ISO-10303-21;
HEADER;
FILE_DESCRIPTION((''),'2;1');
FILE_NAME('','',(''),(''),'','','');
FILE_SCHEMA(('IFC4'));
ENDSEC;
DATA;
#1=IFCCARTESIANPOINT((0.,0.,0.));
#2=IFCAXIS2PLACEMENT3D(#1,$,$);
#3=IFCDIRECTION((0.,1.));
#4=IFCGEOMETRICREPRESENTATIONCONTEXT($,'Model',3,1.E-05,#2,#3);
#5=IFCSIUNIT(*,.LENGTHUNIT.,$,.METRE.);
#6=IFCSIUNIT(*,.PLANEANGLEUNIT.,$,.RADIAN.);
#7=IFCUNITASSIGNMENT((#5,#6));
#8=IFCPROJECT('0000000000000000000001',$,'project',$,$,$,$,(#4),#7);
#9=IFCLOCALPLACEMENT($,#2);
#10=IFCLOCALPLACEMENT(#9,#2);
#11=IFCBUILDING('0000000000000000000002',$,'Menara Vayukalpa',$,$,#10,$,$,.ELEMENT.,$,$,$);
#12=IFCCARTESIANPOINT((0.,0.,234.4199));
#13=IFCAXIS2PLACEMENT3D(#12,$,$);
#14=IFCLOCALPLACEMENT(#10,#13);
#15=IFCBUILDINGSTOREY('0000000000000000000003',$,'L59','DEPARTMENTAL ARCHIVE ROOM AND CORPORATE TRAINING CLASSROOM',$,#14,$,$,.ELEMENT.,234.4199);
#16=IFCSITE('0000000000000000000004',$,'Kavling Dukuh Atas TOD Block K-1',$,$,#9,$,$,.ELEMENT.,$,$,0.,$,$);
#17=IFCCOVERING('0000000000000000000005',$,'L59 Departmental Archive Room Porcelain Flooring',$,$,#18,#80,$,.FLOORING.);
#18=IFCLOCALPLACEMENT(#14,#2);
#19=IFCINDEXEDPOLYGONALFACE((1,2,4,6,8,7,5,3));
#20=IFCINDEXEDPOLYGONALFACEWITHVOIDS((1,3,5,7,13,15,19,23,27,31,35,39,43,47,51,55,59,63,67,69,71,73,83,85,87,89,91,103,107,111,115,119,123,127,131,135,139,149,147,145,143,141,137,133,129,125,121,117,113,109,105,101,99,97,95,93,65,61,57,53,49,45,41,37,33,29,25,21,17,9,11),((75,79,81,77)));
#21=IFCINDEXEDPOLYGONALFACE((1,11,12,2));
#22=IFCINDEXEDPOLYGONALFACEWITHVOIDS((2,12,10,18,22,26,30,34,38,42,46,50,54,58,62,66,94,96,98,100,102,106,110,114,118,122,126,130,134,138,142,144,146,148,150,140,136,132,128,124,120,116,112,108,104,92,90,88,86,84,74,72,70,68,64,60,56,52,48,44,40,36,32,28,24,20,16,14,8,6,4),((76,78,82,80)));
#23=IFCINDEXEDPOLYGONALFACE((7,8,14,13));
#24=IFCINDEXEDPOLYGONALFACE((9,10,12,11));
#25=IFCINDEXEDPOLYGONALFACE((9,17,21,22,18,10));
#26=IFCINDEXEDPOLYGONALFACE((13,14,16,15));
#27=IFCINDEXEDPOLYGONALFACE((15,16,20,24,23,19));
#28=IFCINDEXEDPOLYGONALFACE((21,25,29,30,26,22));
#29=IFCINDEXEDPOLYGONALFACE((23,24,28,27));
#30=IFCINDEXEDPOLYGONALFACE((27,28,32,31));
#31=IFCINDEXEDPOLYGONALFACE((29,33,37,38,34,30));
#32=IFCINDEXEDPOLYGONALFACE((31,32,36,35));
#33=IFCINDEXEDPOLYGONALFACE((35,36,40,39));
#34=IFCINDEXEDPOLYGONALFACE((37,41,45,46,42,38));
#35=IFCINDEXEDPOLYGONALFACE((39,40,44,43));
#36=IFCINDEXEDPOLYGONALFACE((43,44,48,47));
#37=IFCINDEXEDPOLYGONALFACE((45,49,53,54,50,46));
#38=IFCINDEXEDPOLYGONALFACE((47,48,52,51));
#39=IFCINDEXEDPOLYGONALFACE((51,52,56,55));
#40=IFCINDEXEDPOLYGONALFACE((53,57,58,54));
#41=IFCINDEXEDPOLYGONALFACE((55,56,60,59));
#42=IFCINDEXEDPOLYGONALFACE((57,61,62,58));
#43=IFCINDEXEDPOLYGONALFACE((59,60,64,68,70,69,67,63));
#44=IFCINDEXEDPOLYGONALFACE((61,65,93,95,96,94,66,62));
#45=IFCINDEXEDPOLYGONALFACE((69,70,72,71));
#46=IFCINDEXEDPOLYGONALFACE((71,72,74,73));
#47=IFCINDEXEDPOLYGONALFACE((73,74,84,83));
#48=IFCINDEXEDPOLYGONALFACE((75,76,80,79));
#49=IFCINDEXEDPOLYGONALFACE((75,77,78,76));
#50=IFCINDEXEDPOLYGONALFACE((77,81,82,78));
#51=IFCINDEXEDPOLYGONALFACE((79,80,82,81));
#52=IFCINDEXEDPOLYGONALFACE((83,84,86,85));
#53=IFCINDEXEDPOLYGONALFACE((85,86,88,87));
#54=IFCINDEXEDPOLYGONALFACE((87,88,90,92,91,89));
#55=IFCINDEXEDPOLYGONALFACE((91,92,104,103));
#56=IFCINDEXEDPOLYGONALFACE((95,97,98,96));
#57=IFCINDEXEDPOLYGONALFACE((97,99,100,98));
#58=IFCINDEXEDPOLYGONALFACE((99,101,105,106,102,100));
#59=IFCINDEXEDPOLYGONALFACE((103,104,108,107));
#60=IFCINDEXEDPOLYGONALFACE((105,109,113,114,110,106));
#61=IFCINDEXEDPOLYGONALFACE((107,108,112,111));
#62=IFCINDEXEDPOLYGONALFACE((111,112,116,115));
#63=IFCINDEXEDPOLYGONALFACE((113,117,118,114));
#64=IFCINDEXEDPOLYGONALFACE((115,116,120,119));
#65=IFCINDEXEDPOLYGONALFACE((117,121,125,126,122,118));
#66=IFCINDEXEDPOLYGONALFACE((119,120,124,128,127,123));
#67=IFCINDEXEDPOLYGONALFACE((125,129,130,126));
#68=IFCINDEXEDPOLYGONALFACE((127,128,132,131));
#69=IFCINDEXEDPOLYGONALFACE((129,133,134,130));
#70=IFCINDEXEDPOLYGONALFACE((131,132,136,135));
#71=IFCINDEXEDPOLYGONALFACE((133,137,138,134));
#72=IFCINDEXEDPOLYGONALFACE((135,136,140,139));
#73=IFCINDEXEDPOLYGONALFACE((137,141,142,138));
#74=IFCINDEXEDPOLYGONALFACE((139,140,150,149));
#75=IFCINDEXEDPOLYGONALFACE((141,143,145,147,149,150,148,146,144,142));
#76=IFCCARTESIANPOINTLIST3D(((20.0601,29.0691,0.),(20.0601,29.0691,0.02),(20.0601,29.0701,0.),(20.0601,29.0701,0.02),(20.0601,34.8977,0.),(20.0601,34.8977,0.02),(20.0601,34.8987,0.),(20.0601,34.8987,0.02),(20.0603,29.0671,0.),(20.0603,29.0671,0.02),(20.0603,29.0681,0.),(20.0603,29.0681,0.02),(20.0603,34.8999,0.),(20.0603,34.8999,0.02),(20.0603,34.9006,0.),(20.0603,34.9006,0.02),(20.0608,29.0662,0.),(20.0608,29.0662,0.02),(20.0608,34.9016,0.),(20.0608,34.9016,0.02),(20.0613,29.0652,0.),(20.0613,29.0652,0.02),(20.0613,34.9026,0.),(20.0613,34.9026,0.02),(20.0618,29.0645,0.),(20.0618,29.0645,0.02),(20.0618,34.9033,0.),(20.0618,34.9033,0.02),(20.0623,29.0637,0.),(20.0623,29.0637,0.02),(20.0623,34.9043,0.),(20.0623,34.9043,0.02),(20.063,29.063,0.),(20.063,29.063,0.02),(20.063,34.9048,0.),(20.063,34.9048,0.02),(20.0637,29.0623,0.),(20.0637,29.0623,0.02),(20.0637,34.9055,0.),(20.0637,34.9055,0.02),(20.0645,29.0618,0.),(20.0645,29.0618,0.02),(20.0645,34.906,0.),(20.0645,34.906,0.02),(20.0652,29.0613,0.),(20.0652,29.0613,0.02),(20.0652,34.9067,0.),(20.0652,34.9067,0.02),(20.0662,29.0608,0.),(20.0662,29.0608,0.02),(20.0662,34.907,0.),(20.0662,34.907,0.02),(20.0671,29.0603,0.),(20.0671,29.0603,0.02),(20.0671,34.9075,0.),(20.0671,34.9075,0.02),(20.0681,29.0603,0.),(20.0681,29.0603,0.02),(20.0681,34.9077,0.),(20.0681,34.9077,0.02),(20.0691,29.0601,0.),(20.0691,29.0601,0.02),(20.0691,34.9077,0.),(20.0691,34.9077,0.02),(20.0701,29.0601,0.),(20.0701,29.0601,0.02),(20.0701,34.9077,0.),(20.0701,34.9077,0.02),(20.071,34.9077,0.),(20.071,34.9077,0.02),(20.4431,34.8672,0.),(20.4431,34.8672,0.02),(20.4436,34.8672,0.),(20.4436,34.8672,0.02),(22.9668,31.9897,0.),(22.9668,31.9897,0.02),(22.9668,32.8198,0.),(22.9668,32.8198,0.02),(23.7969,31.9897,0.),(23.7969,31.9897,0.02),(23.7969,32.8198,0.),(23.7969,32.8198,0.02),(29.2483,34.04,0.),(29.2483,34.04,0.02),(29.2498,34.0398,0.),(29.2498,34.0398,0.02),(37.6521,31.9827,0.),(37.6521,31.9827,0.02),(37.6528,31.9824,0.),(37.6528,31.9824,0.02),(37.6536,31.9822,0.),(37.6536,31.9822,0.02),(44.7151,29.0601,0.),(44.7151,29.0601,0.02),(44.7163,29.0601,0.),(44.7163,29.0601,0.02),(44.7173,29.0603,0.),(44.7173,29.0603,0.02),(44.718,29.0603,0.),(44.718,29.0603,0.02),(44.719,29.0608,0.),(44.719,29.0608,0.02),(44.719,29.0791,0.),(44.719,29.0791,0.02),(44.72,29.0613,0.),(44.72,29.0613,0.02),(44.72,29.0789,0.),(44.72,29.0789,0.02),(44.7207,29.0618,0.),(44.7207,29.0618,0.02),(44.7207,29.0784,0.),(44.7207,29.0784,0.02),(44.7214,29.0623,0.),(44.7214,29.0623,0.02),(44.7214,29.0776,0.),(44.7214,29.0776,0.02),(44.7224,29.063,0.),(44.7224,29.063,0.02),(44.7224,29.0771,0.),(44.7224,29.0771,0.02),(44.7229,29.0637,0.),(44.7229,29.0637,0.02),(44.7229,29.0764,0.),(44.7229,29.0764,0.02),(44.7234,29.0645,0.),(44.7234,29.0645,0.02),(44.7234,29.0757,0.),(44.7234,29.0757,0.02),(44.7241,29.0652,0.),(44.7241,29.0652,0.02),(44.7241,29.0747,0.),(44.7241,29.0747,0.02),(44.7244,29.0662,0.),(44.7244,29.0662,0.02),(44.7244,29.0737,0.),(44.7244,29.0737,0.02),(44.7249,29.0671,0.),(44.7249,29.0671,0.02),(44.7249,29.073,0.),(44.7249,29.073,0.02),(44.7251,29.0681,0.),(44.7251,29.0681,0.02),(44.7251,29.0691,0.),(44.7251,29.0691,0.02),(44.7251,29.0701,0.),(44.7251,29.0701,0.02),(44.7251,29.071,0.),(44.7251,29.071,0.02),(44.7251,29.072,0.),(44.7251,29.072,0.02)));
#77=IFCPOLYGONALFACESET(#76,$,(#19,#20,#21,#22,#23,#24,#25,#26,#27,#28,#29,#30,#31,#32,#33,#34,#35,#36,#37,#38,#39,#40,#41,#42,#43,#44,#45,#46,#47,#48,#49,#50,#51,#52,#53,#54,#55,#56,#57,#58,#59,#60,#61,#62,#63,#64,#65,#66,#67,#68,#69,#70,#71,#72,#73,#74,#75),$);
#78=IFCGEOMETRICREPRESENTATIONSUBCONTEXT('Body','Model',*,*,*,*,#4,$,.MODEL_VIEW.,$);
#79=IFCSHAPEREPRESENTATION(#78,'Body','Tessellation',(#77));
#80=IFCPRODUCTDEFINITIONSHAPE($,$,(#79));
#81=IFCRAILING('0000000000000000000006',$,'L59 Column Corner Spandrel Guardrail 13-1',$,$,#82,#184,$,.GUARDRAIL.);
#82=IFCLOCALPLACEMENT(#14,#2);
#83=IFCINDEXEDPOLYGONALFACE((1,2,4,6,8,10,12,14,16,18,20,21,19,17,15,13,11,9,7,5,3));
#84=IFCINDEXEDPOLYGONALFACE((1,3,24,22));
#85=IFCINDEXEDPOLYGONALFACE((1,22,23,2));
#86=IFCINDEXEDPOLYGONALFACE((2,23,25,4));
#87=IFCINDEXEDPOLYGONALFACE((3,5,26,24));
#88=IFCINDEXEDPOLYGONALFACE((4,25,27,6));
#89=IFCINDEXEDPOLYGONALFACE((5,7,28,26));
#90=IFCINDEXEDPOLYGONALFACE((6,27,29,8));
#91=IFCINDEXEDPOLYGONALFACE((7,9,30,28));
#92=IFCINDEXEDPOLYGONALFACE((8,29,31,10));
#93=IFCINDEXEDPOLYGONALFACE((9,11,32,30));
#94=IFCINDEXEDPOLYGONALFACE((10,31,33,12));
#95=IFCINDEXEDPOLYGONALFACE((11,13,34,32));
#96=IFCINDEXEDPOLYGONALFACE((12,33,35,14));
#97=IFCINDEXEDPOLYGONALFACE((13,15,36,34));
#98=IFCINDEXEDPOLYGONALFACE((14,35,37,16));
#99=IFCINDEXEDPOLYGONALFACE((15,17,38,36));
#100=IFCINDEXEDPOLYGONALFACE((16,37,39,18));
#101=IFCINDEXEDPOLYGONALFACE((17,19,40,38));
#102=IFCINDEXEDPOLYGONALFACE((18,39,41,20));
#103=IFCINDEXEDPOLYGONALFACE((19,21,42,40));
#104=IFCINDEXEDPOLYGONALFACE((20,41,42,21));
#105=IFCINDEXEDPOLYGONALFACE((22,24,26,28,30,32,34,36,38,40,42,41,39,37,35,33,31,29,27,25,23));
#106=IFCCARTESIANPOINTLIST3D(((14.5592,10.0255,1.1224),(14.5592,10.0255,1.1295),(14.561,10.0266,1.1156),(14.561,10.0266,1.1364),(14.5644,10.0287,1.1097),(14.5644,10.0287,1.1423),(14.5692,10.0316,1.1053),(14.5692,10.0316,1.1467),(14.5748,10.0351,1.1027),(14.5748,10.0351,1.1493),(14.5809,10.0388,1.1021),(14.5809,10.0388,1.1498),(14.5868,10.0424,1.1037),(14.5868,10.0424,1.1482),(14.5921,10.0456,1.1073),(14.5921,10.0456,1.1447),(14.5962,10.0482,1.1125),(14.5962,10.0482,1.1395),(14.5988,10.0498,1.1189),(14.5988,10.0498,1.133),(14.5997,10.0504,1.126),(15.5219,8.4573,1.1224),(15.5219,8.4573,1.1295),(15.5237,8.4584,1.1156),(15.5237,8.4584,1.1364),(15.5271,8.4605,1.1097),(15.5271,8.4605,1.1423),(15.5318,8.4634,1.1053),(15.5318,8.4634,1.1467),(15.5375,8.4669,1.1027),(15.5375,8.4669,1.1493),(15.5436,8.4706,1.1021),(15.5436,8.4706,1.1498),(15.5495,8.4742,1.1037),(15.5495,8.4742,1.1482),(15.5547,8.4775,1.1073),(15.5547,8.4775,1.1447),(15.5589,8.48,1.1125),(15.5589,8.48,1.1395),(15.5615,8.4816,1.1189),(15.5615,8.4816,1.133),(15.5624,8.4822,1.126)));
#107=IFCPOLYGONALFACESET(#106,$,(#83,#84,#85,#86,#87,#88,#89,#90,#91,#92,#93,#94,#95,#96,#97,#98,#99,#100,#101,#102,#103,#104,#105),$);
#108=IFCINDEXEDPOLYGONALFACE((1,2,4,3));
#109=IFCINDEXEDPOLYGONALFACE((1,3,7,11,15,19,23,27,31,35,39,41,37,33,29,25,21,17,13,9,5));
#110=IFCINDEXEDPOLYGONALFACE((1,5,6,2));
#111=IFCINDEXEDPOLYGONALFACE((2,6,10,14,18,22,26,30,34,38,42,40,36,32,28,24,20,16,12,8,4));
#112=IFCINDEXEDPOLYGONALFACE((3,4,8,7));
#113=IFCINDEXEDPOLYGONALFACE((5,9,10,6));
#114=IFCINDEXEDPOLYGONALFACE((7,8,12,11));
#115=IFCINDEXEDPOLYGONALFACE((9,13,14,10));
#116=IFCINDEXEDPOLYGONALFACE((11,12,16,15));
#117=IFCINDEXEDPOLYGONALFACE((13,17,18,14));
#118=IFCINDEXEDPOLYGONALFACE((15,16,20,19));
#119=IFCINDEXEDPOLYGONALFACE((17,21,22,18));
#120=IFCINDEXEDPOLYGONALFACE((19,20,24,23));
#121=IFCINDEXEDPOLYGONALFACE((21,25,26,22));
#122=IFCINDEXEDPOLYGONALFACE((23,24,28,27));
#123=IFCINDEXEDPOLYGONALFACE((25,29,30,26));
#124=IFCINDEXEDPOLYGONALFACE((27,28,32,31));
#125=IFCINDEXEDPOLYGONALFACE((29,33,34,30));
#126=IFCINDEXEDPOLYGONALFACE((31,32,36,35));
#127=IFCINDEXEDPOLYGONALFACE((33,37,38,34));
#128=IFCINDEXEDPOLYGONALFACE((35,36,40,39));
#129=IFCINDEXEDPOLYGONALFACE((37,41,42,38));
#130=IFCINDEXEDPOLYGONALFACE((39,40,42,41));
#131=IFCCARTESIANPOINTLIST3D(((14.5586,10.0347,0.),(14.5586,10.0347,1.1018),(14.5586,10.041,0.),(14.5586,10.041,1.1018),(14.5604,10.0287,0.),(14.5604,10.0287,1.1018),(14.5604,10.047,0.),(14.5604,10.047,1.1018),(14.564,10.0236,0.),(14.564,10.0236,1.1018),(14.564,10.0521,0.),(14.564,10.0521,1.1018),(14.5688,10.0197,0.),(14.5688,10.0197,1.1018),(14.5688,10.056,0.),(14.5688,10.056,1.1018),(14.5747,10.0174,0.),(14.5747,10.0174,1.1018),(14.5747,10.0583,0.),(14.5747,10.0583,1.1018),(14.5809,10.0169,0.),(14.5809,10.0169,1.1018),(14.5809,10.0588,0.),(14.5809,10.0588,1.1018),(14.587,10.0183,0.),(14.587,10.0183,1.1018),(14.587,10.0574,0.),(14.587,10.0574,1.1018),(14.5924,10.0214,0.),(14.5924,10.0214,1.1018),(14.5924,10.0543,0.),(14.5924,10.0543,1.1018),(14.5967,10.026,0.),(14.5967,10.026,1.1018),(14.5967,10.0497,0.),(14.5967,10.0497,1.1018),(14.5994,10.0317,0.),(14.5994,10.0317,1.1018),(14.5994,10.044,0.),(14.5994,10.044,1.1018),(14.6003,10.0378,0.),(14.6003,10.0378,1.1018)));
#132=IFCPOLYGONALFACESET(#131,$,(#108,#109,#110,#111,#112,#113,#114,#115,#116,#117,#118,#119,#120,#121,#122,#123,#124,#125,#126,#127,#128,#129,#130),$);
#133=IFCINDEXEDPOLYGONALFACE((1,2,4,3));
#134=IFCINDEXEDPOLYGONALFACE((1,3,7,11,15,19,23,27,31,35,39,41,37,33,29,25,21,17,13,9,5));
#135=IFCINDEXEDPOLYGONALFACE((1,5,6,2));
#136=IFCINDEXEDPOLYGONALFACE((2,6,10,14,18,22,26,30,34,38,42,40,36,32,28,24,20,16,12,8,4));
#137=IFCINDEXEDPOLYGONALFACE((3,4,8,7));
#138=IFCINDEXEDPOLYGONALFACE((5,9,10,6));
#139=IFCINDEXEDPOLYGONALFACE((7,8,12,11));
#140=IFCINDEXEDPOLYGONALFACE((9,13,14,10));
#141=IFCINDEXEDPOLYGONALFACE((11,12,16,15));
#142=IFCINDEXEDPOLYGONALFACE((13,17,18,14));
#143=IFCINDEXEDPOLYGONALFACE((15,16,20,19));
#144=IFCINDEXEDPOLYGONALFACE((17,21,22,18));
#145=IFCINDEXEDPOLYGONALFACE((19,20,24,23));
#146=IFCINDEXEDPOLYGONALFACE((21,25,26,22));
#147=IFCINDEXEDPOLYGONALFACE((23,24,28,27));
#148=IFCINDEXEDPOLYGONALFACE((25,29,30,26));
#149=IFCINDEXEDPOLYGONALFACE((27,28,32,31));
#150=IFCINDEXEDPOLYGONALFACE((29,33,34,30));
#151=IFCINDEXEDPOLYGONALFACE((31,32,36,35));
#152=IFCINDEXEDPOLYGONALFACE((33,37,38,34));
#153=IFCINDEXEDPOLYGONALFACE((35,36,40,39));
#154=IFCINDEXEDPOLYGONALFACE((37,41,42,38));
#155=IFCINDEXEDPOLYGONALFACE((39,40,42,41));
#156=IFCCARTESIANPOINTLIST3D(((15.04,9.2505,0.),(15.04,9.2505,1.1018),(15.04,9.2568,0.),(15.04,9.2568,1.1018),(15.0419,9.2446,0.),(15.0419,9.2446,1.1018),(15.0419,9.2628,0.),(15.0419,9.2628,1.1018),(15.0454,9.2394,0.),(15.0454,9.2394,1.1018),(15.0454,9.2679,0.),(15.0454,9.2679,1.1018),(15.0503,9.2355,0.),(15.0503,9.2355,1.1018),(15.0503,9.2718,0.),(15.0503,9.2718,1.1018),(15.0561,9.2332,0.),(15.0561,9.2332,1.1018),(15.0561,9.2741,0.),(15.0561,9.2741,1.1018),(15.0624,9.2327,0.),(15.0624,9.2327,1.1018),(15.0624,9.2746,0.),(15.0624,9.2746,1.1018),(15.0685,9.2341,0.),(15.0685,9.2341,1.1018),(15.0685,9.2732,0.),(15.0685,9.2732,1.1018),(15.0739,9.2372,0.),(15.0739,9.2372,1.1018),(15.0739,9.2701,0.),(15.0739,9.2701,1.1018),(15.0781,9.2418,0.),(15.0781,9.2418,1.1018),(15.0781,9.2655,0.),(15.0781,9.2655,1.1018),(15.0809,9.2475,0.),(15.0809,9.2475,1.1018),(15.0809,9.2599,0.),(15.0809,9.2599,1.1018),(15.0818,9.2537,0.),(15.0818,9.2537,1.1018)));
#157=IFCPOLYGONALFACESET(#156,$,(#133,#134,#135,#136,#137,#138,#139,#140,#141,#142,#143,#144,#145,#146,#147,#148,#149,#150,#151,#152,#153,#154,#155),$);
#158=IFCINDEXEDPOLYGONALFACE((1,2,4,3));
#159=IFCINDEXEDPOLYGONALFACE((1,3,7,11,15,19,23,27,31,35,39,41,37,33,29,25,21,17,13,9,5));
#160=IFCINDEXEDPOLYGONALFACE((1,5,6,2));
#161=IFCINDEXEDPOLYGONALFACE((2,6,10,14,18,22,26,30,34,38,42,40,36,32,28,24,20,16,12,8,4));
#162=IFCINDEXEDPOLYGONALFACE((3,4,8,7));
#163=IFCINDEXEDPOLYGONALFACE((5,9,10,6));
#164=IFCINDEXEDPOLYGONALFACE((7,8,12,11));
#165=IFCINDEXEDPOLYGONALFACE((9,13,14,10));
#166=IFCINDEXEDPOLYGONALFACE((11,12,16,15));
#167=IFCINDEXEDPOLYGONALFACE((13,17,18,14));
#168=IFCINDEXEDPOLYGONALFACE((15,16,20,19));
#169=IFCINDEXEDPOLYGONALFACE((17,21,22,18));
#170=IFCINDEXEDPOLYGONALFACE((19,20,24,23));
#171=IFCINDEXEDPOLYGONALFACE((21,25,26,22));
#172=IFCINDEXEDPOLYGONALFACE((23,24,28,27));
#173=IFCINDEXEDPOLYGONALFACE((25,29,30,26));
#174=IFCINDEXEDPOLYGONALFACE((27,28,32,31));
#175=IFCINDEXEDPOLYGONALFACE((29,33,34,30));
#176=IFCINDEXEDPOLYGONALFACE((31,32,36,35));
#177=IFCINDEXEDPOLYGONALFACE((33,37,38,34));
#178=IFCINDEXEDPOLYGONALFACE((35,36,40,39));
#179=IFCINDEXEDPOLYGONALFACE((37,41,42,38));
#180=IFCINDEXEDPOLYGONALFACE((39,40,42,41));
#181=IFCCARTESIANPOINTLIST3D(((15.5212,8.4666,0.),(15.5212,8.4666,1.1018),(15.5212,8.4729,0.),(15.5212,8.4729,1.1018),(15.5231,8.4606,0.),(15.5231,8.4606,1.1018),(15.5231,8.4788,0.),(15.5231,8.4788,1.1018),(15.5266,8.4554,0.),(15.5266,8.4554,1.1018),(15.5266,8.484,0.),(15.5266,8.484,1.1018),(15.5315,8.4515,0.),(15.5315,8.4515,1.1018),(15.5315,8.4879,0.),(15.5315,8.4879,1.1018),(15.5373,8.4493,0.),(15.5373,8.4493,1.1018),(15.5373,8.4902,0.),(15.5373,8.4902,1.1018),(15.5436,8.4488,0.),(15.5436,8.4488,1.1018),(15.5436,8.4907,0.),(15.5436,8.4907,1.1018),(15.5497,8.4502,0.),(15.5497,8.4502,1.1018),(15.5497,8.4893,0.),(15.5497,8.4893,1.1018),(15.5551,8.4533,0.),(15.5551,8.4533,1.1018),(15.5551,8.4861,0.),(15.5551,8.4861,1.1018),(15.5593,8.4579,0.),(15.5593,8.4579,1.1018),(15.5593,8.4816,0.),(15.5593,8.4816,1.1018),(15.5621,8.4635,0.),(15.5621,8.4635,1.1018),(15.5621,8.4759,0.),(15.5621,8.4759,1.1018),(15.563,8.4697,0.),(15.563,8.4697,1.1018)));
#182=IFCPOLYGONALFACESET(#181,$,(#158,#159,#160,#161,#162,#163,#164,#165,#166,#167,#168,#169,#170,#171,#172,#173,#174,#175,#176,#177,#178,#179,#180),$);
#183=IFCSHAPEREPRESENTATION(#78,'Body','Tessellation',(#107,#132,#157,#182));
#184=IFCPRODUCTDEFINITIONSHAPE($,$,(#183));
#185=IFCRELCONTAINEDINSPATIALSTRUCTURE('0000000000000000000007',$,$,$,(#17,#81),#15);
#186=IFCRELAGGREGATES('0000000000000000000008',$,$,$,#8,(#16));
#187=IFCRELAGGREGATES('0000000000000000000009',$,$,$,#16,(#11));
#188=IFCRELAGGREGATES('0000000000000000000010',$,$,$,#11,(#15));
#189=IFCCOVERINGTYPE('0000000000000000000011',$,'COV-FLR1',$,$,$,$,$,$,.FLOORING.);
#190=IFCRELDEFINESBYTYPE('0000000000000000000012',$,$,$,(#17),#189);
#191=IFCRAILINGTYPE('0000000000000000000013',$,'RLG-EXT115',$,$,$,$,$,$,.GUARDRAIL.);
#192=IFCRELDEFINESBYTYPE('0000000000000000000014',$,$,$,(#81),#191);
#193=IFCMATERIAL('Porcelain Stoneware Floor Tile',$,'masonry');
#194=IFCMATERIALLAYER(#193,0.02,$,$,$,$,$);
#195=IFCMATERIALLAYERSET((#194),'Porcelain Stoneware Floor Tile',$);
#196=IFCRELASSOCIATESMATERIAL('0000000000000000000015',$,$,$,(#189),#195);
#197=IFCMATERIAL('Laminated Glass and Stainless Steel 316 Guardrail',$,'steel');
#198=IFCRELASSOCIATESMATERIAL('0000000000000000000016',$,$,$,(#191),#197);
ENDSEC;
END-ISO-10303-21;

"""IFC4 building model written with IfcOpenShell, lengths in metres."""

from ifc_helpers import new_model, si_unit, direction, frame, origin, origin_2d, place, context, subcontext, project, spatial, polyline, circle, outline, extrude, material, layer, layer_set, type_object, element, save


model = new_model("IFC4")

# Units and contexts
model_context = context("Model", 3, precision=1e-05, world=origin(), true_north=direction((0.0, 1.0)))
body_context = subcontext(model_context, "Body", "Model", "MODEL_VIEW")
ifc_project = project(units=[si_unit("LENGTHUNIT", "METRE"), si_unit("PLANEANGLEUNIT", "RADIAN")], contexts=[model_context])

# Site, building, storey
site_placement = place(None, origin())
site = spatial("IfcSite", under=ifc_project, at=site_placement, Name="Kavling Dukuh Atas TOD Block K-1", CompositionType="ELEMENT", RefElevation=0.0)
building_placement = place(site_placement, origin())
building = spatial("IfcBuilding", under=site, at=building_placement, Name="Menara Vayukalpa", CompositionType="ELEMENT")
storey_placement = place(building_placement, frame((0.0, 0.0, 234.4199)))
storey = spatial("IfcBuildingStorey", under=building, at=storey_placement, Name="L59", Description="DEPARTMENTAL ARCHIVE ROOM AND CORPORATE TRAINING CLASSROOM", CompositionType="ELEMENT", Elevation=234.4199)

# Covering
ifc_material_1 = material(Name="Porcelain Stoneware Floor Tile", Category="masonry")
ifc_layer_1 = layer(ifc_material_1, 0.02)
ifc_layer_set_1 = layer_set([ifc_layer_1], Name="Porcelain Stoneware Floor Tile")
covering_type_1 = type_object("IfcCoveringType", Name="COV-FLR1", PredefinedType="FLOORING", material=ifc_layer_set_1)
covering_1_placement = place(storey_placement, origin())
element("IfcCovering", 1, at=covering_1_placement, inside=storey, type_object=covering_type_1, Name="L59 Departmental Archive Room Porcelain Flooring", PredefinedType="FLOORING", context=body_context, shape_type="SweptSolid", body=[
    extrude(outline(polyline([(29.2483, 34.04), (29.2498, 34.0398), (37.6521, 31.9827), (37.6528, 31.9824), (37.6536, 31.9822), (44.719, 29.0791), (44.72, 29.0789), (44.7207, 29.0784), (44.7214, 29.0776), (44.7224, 29.0771), (44.7229, 29.0764), (44.7234, 29.0757), (44.7241, 29.0747), (44.7244, 29.0737), (44.7249, 29.073), (44.7251, 29.072), (44.7251, 29.071), (44.7251, 29.0701), (44.7251, 29.0691), (44.7251, 29.0681), (44.7249, 29.0671), (44.7244, 29.0662), (44.7241, 29.0652), (44.7234, 29.0645), (44.7229, 29.0637), (44.7224, 29.063), (44.7214, 29.0623), (44.7207, 29.0618), (44.72, 29.0613), (44.719, 29.0608), (44.718, 29.0603), (44.7173, 29.0603), (44.7163, 29.0601), (44.7151, 29.0601), (20.0701, 29.0601), (20.0691, 29.0601), (20.0681, 29.0603), (20.0671, 29.0603), (20.0662, 29.0608), (20.0652, 29.0613), (20.0645, 29.0618), (20.0637, 29.0623), (20.063, 29.063), (20.0623, 29.0637), (20.0618, 29.0645), (20.0613, 29.0652), (20.0608, 29.0662), (20.0603, 29.0671), (20.0603, 29.0681), (20.0601, 29.0691), (20.0601, 29.0701), (20.0601, 34.8977), (20.0601, 34.8987), (20.0603, 34.8999), (20.0603, 34.9006), (20.0608, 34.9016), (20.0613, 34.9026), (20.0618, 34.9033), (20.0623, 34.9043), (20.063, 34.9048), (20.0637, 34.9055), (20.0645, 34.906), (20.0652, 34.9067), (20.0662, 34.907), (20.0671, 34.9075), (20.0681, 34.9077), (20.0691, 34.9077), (20.0701, 34.9077), (20.071, 34.9077), (20.4431, 34.8672), (20.4436, 34.8672), (29.2483, 34.04)]), holes=[polyline([(23.7969, 32.8198), (22.9668, 32.8198), (22.9668, 31.9897), (23.7969, 31.9897), (23.7969, 32.8198)])]), origin(), (0.0, 0.0, 1.0), 0.02),
])

# Railing
ifc_material_2 = material(Name="Laminated Glass and Stainless Steel 316 Guardrail", Category="steel")
railing_type = type_object("IfcRailingType", Name="RLG-EXT115", PredefinedType="GUARDRAIL", material=ifc_material_2)
railing_placement = place(storey_placement, frame((14.5793, 10.0378, 0.0)))
element("IfcRailing", 2, at=railing_placement, inside=storey, type_object=railing_type, Name="L59 Column Corner Spandrel Guardrail 13-1", PredefinedType="GUARDRAIL", context=body_context, shape_type="SweptSolid", body=[
    extrude(circle(Radius=0.0239, at=origin_2d()), frame((0.0, 0.0, 1.126), z_axis=(0.523172, -0.852227, 0.0), x_axis=(0.852227, 0.523172, 0.0)), (0.0, 0.0, 1.0), 1.8401),
    extrude(circle(Radius=0.021, at=origin_2d()), origin(), (0.0, 0.0, 1.0), 1.1018),
    extrude(circle(Radius=0.021, at=origin_2d()), frame((0.4814, -0.7842, 0.0)), (0.0, 0.0, 1.0), 1.1018),
    extrude(circle(Radius=0.021, at=origin_2d()), frame((0.9626, -1.5681, 0.0)), (0.0, 0.0, 1.0), 1.1018),
])

save(model, "model.ifc")
